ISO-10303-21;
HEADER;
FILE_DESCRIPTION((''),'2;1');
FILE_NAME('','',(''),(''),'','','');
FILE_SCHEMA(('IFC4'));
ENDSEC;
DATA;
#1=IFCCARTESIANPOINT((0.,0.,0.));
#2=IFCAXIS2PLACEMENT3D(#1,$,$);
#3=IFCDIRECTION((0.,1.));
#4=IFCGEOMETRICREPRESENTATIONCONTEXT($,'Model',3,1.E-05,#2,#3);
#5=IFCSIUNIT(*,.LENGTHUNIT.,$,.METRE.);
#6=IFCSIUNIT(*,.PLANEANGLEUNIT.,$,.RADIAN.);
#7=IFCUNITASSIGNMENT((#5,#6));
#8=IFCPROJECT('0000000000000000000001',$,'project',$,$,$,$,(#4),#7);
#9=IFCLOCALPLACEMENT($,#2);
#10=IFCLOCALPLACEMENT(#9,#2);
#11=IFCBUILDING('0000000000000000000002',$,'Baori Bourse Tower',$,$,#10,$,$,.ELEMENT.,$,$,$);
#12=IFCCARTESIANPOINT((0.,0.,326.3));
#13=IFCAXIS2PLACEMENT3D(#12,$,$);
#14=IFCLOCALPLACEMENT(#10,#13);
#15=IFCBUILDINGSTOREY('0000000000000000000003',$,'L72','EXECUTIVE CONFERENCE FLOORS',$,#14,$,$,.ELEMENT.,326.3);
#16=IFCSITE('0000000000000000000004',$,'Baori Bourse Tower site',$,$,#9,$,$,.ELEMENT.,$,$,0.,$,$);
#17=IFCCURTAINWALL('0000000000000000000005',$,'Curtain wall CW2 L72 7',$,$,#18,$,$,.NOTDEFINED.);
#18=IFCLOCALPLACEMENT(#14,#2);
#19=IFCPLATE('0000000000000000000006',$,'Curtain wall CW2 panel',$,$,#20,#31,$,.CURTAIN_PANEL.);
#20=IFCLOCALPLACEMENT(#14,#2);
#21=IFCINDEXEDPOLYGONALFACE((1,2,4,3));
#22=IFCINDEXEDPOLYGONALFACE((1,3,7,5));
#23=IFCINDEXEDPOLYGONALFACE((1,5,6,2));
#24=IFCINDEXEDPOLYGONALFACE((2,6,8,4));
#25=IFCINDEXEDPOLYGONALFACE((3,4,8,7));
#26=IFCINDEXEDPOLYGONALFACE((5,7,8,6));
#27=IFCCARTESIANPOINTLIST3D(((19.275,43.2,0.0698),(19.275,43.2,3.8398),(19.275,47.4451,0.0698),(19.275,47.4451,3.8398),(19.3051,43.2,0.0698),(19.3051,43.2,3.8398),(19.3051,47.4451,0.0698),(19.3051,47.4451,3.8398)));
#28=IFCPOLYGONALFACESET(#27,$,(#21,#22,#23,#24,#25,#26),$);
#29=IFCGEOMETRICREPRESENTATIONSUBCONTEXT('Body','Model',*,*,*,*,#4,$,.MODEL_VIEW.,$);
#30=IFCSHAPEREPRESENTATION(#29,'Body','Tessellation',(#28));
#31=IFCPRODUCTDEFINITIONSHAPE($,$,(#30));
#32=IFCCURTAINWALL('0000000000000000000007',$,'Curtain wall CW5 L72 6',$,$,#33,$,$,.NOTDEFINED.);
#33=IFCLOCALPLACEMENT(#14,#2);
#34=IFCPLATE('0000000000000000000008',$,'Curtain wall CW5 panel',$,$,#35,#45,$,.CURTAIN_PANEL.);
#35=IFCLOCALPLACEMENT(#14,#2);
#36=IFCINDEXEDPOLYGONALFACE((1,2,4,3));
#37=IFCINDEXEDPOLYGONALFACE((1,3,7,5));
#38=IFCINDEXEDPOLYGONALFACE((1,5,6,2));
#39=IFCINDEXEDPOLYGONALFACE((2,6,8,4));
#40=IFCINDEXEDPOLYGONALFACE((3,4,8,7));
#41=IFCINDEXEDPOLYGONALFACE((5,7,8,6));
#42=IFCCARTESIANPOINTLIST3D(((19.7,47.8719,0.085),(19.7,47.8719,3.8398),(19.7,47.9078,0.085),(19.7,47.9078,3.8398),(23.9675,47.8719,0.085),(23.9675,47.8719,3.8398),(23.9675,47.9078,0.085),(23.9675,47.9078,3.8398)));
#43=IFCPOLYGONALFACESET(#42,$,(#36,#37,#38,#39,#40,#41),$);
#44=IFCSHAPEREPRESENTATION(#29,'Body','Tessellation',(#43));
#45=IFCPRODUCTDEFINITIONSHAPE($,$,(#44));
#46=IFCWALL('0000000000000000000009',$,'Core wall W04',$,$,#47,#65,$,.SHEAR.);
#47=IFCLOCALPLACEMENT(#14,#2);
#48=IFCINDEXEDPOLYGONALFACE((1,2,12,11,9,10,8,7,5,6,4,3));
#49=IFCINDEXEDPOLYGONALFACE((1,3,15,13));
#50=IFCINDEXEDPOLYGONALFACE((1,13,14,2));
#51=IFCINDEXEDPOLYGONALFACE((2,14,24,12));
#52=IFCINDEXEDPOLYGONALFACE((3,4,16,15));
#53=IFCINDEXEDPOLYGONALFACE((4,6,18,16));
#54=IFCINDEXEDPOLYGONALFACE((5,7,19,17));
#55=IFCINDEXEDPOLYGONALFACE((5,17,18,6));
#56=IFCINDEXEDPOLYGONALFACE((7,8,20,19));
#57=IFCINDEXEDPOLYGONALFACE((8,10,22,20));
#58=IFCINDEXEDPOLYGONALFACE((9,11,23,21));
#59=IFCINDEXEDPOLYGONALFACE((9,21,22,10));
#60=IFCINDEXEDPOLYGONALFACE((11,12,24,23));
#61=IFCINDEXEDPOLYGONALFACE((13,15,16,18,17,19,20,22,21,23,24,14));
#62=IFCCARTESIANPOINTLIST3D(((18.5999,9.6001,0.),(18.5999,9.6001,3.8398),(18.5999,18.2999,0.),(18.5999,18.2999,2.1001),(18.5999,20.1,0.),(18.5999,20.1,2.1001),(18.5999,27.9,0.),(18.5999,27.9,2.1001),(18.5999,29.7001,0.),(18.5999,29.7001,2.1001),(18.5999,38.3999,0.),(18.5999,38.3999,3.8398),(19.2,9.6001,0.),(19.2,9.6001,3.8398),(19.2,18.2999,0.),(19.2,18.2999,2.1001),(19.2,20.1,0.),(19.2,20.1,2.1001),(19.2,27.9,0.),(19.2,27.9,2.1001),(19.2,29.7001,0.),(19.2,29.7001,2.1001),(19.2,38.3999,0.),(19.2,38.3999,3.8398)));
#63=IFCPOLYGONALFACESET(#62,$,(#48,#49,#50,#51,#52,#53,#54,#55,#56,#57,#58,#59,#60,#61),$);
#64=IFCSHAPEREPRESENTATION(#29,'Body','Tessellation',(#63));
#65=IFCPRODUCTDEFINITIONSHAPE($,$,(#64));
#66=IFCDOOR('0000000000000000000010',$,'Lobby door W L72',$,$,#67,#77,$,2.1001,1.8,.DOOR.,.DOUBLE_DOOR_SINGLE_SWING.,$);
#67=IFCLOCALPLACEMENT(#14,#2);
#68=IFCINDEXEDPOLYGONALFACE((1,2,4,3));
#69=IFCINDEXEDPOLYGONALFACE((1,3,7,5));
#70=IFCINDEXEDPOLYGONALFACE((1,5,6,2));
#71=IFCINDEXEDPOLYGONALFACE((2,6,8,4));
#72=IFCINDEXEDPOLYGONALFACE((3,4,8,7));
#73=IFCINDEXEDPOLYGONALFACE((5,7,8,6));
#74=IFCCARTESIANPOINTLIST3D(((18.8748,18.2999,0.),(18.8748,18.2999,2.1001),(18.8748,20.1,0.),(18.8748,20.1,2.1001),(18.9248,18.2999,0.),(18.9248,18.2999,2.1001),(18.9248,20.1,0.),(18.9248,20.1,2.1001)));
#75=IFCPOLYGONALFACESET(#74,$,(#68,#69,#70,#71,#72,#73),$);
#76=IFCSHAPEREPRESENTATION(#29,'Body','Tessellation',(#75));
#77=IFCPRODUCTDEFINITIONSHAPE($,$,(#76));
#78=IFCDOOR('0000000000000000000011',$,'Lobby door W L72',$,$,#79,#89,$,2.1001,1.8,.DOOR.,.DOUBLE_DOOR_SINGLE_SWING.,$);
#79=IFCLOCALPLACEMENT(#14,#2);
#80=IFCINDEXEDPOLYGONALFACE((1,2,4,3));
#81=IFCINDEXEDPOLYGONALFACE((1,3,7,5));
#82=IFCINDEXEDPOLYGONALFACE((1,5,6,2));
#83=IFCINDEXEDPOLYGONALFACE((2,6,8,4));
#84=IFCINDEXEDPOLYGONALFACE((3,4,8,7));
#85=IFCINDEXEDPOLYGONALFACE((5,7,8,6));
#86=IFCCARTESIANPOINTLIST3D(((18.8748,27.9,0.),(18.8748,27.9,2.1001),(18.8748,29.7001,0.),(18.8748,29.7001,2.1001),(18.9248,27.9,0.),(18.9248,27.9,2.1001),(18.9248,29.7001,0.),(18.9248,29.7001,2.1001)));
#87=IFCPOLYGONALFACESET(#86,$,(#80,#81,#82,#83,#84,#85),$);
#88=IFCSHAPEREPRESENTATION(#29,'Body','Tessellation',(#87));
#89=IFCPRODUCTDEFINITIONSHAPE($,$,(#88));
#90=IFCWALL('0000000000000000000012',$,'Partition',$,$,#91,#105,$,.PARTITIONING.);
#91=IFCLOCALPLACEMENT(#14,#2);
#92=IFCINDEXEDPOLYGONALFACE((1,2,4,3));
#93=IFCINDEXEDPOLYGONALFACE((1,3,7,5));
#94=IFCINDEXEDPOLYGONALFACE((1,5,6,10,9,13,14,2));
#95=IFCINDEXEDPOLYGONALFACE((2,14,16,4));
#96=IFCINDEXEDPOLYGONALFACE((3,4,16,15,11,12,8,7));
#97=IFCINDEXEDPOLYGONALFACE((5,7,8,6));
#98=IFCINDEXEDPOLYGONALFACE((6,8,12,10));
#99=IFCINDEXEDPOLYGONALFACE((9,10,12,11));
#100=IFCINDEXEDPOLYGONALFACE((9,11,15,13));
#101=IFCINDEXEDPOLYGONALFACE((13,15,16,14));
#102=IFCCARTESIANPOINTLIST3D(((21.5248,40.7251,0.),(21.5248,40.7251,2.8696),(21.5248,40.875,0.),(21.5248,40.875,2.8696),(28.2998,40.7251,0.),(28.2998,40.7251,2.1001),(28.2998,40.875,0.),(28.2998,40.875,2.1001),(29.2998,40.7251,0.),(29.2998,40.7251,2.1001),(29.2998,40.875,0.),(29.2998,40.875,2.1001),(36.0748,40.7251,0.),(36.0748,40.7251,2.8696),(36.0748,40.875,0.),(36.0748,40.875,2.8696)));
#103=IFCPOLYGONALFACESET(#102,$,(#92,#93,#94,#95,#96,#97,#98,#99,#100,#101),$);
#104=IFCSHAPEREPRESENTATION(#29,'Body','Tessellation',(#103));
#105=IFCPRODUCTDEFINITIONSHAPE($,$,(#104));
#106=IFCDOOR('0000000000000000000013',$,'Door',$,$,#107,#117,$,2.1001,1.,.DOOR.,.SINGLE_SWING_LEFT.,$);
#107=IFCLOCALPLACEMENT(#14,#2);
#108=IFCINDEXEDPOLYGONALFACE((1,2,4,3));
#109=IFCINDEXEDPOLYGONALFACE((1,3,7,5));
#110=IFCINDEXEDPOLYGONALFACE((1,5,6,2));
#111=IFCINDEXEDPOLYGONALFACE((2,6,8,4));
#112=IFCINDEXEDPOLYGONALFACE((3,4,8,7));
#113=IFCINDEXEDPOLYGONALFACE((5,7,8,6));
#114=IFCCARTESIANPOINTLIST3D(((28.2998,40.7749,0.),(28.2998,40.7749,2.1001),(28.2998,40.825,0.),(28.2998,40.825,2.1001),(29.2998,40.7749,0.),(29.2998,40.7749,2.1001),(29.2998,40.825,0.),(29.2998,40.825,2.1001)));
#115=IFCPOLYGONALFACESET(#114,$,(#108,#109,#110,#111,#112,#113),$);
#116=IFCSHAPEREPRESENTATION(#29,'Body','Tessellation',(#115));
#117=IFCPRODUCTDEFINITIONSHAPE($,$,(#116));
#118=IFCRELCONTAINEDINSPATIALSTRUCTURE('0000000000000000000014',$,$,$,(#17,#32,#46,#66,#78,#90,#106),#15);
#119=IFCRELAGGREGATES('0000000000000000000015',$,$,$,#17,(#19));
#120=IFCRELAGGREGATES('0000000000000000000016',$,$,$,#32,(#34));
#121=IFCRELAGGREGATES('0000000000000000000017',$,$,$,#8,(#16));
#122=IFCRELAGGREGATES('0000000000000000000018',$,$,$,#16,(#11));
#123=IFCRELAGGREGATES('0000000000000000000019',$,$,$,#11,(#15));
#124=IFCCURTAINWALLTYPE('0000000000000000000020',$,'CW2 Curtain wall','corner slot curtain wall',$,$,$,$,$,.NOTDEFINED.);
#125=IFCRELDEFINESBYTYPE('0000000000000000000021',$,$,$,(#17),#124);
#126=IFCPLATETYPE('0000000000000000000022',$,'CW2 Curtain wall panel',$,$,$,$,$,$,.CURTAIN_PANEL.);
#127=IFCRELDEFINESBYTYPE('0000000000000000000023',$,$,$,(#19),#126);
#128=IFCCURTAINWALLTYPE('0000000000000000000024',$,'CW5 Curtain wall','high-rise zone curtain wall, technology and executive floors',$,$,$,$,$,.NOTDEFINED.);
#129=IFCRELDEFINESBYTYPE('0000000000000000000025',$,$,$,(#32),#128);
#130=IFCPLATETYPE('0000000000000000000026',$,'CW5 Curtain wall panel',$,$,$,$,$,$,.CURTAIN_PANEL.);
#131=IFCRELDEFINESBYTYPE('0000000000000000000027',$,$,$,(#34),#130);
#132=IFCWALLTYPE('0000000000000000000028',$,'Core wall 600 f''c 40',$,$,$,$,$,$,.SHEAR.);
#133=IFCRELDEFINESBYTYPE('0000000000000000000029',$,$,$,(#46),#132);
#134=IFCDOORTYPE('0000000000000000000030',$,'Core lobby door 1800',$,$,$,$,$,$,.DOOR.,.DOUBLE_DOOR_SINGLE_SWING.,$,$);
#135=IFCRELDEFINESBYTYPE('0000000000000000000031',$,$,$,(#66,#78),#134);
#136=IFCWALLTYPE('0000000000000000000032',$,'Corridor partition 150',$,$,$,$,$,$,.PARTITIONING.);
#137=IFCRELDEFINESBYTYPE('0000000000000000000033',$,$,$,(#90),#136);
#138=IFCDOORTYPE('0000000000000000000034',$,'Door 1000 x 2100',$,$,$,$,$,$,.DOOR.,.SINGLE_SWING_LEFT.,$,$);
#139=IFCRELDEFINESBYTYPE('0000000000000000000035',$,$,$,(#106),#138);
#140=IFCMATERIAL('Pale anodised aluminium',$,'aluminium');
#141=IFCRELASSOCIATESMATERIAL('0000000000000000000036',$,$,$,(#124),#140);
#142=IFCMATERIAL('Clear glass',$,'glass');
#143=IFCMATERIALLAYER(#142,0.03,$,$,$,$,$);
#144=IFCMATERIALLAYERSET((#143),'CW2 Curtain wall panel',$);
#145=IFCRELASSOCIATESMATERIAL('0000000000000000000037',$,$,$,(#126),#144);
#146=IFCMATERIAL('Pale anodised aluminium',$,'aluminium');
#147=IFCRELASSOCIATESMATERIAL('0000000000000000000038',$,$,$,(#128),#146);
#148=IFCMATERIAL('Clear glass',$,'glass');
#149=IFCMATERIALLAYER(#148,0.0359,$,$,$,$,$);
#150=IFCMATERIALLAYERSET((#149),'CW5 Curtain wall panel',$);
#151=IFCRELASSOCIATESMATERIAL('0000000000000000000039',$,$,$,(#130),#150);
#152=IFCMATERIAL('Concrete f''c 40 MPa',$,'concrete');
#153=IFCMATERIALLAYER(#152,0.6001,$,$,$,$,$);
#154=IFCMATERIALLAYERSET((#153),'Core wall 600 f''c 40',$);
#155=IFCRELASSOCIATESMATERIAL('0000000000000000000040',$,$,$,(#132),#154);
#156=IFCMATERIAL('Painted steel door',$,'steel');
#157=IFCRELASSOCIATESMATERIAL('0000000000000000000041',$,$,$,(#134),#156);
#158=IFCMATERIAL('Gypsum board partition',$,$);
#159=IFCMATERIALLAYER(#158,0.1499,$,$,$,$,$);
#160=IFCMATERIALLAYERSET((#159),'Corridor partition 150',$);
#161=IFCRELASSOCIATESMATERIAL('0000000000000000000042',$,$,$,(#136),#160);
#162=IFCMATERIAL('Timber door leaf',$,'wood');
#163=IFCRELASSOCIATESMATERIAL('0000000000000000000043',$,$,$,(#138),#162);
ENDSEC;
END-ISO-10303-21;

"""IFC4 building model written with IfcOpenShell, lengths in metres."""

from ifc_helpers import new_model, si_unit, direction, frame, frame_2d, origin, origin_2d, place, context, subcontext, project, spatial, rectangle, extrude, material, layer, layer_set, type_object, element, fill, aggregate, save


model = new_model("IFC4")

# Units and contexts
model_context = context("Model", 3, precision=1e-05, world=origin(), true_north=direction((0.0, 1.0)))
body_context = subcontext(model_context, "Body", "Model", "MODEL_VIEW")
ifc_project = project(units=[si_unit("LENGTHUNIT", "METRE"), si_unit("PLANEANGLEUNIT", "RADIAN")], contexts=[model_context])

# Site, building, storey
site_placement = place(None, origin())
site = spatial("IfcSite", under=ifc_project, at=site_placement, Name="Baori Bourse Tower site", CompositionType="ELEMENT", RefElevation=0.0)
building_placement = place(site_placement, origin())
building = spatial("IfcBuilding", under=site, at=building_placement, Name="Baori Bourse Tower", CompositionType="ELEMENT")
storey_placement = place(building_placement, frame((0.0, 0.0, 326.3)))
storey = spatial("IfcBuildingStorey", under=building, at=storey_placement, Name="L72", Description="EXECUTIVE CONFERENCE FLOORS", CompositionType="ELEMENT", Elevation=326.3)

# Curtain wall
ifc_material_1 = material(Name="Pale anodised aluminium", Category="aluminium")
curtain_wall_type_1 = type_object("IfcCurtainWallType", Name="CW2 Curtain wall", Description="corner slot curtain wall", PredefinedType="NOTDEFINED", material=ifc_material_1)
curtain_wall_1_placement = place(storey_placement, origin())
curtain_wall_1 = element("IfcCurtainWall", 1, at=curtain_wall_1_placement, inside=storey, type_object=curtain_wall_type_1, Name="Curtain wall CW2 L72 7", PredefinedType="NOTDEFINED")

# Plate
ifc_material_2 = material(Name="Clear glass", Category="glass")
ifc_layer_1 = layer(ifc_material_2, 0.03)
ifc_layer_set_1 = layer_set([ifc_layer_1], Name="CW2 Curtain wall panel")
plate_type_1 = type_object("IfcPlateType", Name="CW2 Curtain wall panel", PredefinedType="CURTAIN_PANEL", material=ifc_layer_set_1)
plate_1_placement = place(storey_placement, frame((19.29, 45.3225, 0.0698), z_axis=(0.0, 0.0, 1.0), x_axis=(0.0, -1.0, 0.0)))
plate_1 = element("IfcPlate", 2, at=plate_1_placement, type_object=plate_type_1, Name="Curtain wall CW2 panel", PredefinedType="CURTAIN_PANEL", context=body_context, shape_type="SweptSolid", body=[
    extrude(rectangle(XDim=4.2451, YDim=0.03, at=origin_2d()), origin(), (0.0, 0.0, 1.0), 3.77),
])
aggregate(curtain_wall_1, [plate_1])

# Curtain wall, plate
ifc_material_3 = material(Name="Pale anodised aluminium", Category="aluminium")
curtain_wall_type_2 = type_object("IfcCurtainWallType", Name="CW5 Curtain wall", Description="high-rise zone curtain wall, technology and executive floors", PredefinedType="NOTDEFINED", material=ifc_material_3)
curtain_wall_2_placement = place(storey_placement, origin())
curtain_wall_2 = element("IfcCurtainWall", 3, at=curtain_wall_2_placement, inside=storey, type_object=curtain_wall_type_2, Name="Curtain wall CW5 L72 6", PredefinedType="NOTDEFINED")
ifc_material_4 = material(Name="Clear glass", Category="glass")
ifc_layer_2 = layer(ifc_material_4, 0.0359)
ifc_layer_set_2 = layer_set([ifc_layer_2], Name="CW5 Curtain wall panel")
plate_type_2 = type_object("IfcPlateType", Name="CW5 Curtain wall panel", PredefinedType="CURTAIN_PANEL", material=ifc_layer_set_2)
plate_2_placement = place(storey_placement, frame((21.8337, 47.8899, 0.085), z_axis=(0.0, 0.0, 1.0), x_axis=(-1.0, 0.0, 0.0)))
plate_2 = element("IfcPlate", 4, at=plate_2_placement, type_object=plate_type_2, Name="Curtain wall CW5 panel", PredefinedType="CURTAIN_PANEL", context=body_context, shape_type="SweptSolid", body=[
    extrude(rectangle(XDim=4.2676, YDim=0.0359, at=origin_2d()), origin(), (0.0, 0.0, 1.0), 3.7549),
])
aggregate(curtain_wall_2, [plate_2])

# Wall, openings, doors
ifc_material_5 = material(Name="Concrete f'c 40 MPa", Category="concrete")
ifc_layer_3 = layer(ifc_material_5, 0.6001)
ifc_layer_set_3 = layer_set([ifc_layer_3], Name="Core wall 600 f'c 40")
wall_type_1 = type_object("IfcWallType", Name="Core wall 600 f'c 40", PredefinedType="SHEAR", material=ifc_layer_set_3)
wall_1_placement = place(storey_placement, frame((18.8999, 38.3999, 0.0), z_axis=(0.0, 0.0, 1.0), x_axis=(0.0, -1.0, 0.0)))
wall_1 = element("IfcWall", 5, at=wall_1_placement, inside=storey, type_object=wall_type_1, Name="Core wall W04", PredefinedType="SHEAR", context=body_context, shape_type="SweptSolid", body=[
    extrude(rectangle(XDim=28.7998, YDim=0.6001, at=frame_2d((14.3999, 0.0))), origin(), (0.0, 0.0, 1.0), 3.8398),
])
opening_1_placement = place(wall_1_placement, frame((18.3, 0.0, 0.0)))
opening_1 = element("IfcOpeningElement", 6, at=opening_1_placement, cuts=wall_1, PredefinedType="OPENING", context=body_context, shape_type="SweptSolid", body=[
    extrude(rectangle(XDim=1.8, YDim=2.1001, at=frame_2d((0.8999, 1.05))), frame((0.0, 0.3101, 0.0), z_axis=(0.0, -1.0, 0.0), x_axis=(1.0, 0.0, 0.0)), (0.0, 0.0, 1.0), 0.6201),
])
opening_2_placement = place(wall_1_placement, frame((8.7, 0.0, 0.0)))
opening_2 = element("IfcOpeningElement", 7, at=opening_2_placement, cuts=wall_1, PredefinedType="OPENING", context=body_context, shape_type="SweptSolid", body=[
    extrude(rectangle(XDim=1.8, YDim=2.1001, at=frame_2d((0.8999, 1.05))), frame((0.0, 0.3101, 0.0), z_axis=(0.0, -1.0, 0.0), x_axis=(1.0, 0.0, 0.0)), (0.0, 0.0, 1.0), 0.6201),
])
ifc_material_6 = material(Name="Painted steel door", Category="steel")
door_type_1 = type_object("IfcDoorType", Name="Core lobby door 1800", OperationType="DOUBLE_DOOR_SINGLE_SWING", PredefinedType="DOOR", material=ifc_material_6)
door_1_placement = place(opening_1_placement, origin())
door_1 = element("IfcDoor", 8, at=door_1_placement, inside=storey, type_object=door_type_1, Name="Lobby door W L72", OperationType="DOUBLE_DOOR_SINGLE_SWING", OverallHeight=2.1001, OverallWidth=1.8, PredefinedType="DOOR", context=body_context, shape_type="SweptSolid", body=[
    extrude(rectangle(XDim=1.8, YDim=2.1001, at=frame_2d((0.8999, 1.05))), frame((0.0, 0.0249, 0.0), z_axis=(0.0, -1.0, 0.0), x_axis=(1.0, 0.0, 0.0)), (0.0, 0.0, 1.0), 0.05),
])
fill(opening_1, door_1)
door_2_placement = place(opening_2_placement, origin())
door_2 = element("IfcDoor", 9, at=door_2_placement, inside=storey, type_object=door_type_1, Name="Lobby door W L72", OperationType="DOUBLE_DOOR_SINGLE_SWING", OverallHeight=2.1001, OverallWidth=1.8, PredefinedType="DOOR", context=body_context, shape_type="SweptSolid", body=[
    extrude(rectangle(XDim=1.8, YDim=2.1001, at=frame_2d((0.8999, 1.05))), frame((0.0, 0.0249, 0.0), z_axis=(0.0, -1.0, 0.0), x_axis=(1.0, 0.0, 0.0)), (0.0, 0.0, 1.0), 0.05),
])
fill(opening_2, door_2)

# Wall, opening, door
ifc_material_7 = material(Name="Gypsum board partition")
ifc_layer_4 = layer(ifc_material_7, 0.1499)
ifc_layer_set_4 = layer_set([ifc_layer_4], Name="Corridor partition 150")
wall_type_2 = type_object("IfcWallType", Name="Corridor partition 150", PredefinedType="PARTITIONING", material=ifc_layer_set_4)
wall_2_placement = place(storey_placement, frame((21.5249, 40.8, 0.0), z_axis=(0.0, 0.0, 1.0), x_axis=(1.0, 0.0, 0.0)))
wall_2 = element("IfcWall", 10, at=wall_2_placement, inside=storey, type_object=wall_type_2, Name="Partition", PredefinedType="PARTITIONING", context=body_context, shape_type="SweptSolid", body=[
    extrude(rectangle(XDim=14.55, YDim=0.1499, at=frame_2d((7.2749, 0.0))), origin(), (0.0, 0.0, 1.0), 2.8696),
])
opening_3_placement = place(wall_2_placement, frame((6.7749, 0.0, 0.0)))
opening_3 = element("IfcOpeningElement", 11, at=opening_3_placement, cuts=wall_2, PredefinedType="OPENING", context=body_context, shape_type="SweptSolid", body=[
    extrude(rectangle(XDim=1.0, YDim=2.1001, at=frame_2d((0.5, 1.05))), frame((0.0, 0.085, 0.0), z_axis=(0.0, -1.0, 0.0), x_axis=(1.0, 0.0, 0.0)), (0.0, 0.0, 1.0), 0.1699),
])
ifc_material_8 = material(Name="Timber door leaf", Category="wood")
door_type_2 = type_object("IfcDoorType", Name="Door 1000 x 2100", OperationType="SINGLE_SWING_LEFT", PredefinedType="DOOR", material=ifc_material_8)
door_3_placement = place(opening_3_placement, origin())
door_3 = element("IfcDoor", 12, at=door_3_placement, inside=storey, type_object=door_type_2, Name="Door", OperationType="SINGLE_SWING_LEFT", OverallHeight=2.1001, OverallWidth=1.0, PredefinedType="DOOR", context=body_context, shape_type="SweptSolid", body=[
    extrude(rectangle(XDim=1.0, YDim=2.1001, at=frame_2d((0.5, 1.05))), frame((0.0, 0.0249, 0.0), z_axis=(0.0, -1.0, 0.0), x_axis=(1.0, 0.0, 0.0)), (0.0, 0.0, 1.0), 0.05),
])
fill(opening_3, door_3)

save(model, "model.ifc")
